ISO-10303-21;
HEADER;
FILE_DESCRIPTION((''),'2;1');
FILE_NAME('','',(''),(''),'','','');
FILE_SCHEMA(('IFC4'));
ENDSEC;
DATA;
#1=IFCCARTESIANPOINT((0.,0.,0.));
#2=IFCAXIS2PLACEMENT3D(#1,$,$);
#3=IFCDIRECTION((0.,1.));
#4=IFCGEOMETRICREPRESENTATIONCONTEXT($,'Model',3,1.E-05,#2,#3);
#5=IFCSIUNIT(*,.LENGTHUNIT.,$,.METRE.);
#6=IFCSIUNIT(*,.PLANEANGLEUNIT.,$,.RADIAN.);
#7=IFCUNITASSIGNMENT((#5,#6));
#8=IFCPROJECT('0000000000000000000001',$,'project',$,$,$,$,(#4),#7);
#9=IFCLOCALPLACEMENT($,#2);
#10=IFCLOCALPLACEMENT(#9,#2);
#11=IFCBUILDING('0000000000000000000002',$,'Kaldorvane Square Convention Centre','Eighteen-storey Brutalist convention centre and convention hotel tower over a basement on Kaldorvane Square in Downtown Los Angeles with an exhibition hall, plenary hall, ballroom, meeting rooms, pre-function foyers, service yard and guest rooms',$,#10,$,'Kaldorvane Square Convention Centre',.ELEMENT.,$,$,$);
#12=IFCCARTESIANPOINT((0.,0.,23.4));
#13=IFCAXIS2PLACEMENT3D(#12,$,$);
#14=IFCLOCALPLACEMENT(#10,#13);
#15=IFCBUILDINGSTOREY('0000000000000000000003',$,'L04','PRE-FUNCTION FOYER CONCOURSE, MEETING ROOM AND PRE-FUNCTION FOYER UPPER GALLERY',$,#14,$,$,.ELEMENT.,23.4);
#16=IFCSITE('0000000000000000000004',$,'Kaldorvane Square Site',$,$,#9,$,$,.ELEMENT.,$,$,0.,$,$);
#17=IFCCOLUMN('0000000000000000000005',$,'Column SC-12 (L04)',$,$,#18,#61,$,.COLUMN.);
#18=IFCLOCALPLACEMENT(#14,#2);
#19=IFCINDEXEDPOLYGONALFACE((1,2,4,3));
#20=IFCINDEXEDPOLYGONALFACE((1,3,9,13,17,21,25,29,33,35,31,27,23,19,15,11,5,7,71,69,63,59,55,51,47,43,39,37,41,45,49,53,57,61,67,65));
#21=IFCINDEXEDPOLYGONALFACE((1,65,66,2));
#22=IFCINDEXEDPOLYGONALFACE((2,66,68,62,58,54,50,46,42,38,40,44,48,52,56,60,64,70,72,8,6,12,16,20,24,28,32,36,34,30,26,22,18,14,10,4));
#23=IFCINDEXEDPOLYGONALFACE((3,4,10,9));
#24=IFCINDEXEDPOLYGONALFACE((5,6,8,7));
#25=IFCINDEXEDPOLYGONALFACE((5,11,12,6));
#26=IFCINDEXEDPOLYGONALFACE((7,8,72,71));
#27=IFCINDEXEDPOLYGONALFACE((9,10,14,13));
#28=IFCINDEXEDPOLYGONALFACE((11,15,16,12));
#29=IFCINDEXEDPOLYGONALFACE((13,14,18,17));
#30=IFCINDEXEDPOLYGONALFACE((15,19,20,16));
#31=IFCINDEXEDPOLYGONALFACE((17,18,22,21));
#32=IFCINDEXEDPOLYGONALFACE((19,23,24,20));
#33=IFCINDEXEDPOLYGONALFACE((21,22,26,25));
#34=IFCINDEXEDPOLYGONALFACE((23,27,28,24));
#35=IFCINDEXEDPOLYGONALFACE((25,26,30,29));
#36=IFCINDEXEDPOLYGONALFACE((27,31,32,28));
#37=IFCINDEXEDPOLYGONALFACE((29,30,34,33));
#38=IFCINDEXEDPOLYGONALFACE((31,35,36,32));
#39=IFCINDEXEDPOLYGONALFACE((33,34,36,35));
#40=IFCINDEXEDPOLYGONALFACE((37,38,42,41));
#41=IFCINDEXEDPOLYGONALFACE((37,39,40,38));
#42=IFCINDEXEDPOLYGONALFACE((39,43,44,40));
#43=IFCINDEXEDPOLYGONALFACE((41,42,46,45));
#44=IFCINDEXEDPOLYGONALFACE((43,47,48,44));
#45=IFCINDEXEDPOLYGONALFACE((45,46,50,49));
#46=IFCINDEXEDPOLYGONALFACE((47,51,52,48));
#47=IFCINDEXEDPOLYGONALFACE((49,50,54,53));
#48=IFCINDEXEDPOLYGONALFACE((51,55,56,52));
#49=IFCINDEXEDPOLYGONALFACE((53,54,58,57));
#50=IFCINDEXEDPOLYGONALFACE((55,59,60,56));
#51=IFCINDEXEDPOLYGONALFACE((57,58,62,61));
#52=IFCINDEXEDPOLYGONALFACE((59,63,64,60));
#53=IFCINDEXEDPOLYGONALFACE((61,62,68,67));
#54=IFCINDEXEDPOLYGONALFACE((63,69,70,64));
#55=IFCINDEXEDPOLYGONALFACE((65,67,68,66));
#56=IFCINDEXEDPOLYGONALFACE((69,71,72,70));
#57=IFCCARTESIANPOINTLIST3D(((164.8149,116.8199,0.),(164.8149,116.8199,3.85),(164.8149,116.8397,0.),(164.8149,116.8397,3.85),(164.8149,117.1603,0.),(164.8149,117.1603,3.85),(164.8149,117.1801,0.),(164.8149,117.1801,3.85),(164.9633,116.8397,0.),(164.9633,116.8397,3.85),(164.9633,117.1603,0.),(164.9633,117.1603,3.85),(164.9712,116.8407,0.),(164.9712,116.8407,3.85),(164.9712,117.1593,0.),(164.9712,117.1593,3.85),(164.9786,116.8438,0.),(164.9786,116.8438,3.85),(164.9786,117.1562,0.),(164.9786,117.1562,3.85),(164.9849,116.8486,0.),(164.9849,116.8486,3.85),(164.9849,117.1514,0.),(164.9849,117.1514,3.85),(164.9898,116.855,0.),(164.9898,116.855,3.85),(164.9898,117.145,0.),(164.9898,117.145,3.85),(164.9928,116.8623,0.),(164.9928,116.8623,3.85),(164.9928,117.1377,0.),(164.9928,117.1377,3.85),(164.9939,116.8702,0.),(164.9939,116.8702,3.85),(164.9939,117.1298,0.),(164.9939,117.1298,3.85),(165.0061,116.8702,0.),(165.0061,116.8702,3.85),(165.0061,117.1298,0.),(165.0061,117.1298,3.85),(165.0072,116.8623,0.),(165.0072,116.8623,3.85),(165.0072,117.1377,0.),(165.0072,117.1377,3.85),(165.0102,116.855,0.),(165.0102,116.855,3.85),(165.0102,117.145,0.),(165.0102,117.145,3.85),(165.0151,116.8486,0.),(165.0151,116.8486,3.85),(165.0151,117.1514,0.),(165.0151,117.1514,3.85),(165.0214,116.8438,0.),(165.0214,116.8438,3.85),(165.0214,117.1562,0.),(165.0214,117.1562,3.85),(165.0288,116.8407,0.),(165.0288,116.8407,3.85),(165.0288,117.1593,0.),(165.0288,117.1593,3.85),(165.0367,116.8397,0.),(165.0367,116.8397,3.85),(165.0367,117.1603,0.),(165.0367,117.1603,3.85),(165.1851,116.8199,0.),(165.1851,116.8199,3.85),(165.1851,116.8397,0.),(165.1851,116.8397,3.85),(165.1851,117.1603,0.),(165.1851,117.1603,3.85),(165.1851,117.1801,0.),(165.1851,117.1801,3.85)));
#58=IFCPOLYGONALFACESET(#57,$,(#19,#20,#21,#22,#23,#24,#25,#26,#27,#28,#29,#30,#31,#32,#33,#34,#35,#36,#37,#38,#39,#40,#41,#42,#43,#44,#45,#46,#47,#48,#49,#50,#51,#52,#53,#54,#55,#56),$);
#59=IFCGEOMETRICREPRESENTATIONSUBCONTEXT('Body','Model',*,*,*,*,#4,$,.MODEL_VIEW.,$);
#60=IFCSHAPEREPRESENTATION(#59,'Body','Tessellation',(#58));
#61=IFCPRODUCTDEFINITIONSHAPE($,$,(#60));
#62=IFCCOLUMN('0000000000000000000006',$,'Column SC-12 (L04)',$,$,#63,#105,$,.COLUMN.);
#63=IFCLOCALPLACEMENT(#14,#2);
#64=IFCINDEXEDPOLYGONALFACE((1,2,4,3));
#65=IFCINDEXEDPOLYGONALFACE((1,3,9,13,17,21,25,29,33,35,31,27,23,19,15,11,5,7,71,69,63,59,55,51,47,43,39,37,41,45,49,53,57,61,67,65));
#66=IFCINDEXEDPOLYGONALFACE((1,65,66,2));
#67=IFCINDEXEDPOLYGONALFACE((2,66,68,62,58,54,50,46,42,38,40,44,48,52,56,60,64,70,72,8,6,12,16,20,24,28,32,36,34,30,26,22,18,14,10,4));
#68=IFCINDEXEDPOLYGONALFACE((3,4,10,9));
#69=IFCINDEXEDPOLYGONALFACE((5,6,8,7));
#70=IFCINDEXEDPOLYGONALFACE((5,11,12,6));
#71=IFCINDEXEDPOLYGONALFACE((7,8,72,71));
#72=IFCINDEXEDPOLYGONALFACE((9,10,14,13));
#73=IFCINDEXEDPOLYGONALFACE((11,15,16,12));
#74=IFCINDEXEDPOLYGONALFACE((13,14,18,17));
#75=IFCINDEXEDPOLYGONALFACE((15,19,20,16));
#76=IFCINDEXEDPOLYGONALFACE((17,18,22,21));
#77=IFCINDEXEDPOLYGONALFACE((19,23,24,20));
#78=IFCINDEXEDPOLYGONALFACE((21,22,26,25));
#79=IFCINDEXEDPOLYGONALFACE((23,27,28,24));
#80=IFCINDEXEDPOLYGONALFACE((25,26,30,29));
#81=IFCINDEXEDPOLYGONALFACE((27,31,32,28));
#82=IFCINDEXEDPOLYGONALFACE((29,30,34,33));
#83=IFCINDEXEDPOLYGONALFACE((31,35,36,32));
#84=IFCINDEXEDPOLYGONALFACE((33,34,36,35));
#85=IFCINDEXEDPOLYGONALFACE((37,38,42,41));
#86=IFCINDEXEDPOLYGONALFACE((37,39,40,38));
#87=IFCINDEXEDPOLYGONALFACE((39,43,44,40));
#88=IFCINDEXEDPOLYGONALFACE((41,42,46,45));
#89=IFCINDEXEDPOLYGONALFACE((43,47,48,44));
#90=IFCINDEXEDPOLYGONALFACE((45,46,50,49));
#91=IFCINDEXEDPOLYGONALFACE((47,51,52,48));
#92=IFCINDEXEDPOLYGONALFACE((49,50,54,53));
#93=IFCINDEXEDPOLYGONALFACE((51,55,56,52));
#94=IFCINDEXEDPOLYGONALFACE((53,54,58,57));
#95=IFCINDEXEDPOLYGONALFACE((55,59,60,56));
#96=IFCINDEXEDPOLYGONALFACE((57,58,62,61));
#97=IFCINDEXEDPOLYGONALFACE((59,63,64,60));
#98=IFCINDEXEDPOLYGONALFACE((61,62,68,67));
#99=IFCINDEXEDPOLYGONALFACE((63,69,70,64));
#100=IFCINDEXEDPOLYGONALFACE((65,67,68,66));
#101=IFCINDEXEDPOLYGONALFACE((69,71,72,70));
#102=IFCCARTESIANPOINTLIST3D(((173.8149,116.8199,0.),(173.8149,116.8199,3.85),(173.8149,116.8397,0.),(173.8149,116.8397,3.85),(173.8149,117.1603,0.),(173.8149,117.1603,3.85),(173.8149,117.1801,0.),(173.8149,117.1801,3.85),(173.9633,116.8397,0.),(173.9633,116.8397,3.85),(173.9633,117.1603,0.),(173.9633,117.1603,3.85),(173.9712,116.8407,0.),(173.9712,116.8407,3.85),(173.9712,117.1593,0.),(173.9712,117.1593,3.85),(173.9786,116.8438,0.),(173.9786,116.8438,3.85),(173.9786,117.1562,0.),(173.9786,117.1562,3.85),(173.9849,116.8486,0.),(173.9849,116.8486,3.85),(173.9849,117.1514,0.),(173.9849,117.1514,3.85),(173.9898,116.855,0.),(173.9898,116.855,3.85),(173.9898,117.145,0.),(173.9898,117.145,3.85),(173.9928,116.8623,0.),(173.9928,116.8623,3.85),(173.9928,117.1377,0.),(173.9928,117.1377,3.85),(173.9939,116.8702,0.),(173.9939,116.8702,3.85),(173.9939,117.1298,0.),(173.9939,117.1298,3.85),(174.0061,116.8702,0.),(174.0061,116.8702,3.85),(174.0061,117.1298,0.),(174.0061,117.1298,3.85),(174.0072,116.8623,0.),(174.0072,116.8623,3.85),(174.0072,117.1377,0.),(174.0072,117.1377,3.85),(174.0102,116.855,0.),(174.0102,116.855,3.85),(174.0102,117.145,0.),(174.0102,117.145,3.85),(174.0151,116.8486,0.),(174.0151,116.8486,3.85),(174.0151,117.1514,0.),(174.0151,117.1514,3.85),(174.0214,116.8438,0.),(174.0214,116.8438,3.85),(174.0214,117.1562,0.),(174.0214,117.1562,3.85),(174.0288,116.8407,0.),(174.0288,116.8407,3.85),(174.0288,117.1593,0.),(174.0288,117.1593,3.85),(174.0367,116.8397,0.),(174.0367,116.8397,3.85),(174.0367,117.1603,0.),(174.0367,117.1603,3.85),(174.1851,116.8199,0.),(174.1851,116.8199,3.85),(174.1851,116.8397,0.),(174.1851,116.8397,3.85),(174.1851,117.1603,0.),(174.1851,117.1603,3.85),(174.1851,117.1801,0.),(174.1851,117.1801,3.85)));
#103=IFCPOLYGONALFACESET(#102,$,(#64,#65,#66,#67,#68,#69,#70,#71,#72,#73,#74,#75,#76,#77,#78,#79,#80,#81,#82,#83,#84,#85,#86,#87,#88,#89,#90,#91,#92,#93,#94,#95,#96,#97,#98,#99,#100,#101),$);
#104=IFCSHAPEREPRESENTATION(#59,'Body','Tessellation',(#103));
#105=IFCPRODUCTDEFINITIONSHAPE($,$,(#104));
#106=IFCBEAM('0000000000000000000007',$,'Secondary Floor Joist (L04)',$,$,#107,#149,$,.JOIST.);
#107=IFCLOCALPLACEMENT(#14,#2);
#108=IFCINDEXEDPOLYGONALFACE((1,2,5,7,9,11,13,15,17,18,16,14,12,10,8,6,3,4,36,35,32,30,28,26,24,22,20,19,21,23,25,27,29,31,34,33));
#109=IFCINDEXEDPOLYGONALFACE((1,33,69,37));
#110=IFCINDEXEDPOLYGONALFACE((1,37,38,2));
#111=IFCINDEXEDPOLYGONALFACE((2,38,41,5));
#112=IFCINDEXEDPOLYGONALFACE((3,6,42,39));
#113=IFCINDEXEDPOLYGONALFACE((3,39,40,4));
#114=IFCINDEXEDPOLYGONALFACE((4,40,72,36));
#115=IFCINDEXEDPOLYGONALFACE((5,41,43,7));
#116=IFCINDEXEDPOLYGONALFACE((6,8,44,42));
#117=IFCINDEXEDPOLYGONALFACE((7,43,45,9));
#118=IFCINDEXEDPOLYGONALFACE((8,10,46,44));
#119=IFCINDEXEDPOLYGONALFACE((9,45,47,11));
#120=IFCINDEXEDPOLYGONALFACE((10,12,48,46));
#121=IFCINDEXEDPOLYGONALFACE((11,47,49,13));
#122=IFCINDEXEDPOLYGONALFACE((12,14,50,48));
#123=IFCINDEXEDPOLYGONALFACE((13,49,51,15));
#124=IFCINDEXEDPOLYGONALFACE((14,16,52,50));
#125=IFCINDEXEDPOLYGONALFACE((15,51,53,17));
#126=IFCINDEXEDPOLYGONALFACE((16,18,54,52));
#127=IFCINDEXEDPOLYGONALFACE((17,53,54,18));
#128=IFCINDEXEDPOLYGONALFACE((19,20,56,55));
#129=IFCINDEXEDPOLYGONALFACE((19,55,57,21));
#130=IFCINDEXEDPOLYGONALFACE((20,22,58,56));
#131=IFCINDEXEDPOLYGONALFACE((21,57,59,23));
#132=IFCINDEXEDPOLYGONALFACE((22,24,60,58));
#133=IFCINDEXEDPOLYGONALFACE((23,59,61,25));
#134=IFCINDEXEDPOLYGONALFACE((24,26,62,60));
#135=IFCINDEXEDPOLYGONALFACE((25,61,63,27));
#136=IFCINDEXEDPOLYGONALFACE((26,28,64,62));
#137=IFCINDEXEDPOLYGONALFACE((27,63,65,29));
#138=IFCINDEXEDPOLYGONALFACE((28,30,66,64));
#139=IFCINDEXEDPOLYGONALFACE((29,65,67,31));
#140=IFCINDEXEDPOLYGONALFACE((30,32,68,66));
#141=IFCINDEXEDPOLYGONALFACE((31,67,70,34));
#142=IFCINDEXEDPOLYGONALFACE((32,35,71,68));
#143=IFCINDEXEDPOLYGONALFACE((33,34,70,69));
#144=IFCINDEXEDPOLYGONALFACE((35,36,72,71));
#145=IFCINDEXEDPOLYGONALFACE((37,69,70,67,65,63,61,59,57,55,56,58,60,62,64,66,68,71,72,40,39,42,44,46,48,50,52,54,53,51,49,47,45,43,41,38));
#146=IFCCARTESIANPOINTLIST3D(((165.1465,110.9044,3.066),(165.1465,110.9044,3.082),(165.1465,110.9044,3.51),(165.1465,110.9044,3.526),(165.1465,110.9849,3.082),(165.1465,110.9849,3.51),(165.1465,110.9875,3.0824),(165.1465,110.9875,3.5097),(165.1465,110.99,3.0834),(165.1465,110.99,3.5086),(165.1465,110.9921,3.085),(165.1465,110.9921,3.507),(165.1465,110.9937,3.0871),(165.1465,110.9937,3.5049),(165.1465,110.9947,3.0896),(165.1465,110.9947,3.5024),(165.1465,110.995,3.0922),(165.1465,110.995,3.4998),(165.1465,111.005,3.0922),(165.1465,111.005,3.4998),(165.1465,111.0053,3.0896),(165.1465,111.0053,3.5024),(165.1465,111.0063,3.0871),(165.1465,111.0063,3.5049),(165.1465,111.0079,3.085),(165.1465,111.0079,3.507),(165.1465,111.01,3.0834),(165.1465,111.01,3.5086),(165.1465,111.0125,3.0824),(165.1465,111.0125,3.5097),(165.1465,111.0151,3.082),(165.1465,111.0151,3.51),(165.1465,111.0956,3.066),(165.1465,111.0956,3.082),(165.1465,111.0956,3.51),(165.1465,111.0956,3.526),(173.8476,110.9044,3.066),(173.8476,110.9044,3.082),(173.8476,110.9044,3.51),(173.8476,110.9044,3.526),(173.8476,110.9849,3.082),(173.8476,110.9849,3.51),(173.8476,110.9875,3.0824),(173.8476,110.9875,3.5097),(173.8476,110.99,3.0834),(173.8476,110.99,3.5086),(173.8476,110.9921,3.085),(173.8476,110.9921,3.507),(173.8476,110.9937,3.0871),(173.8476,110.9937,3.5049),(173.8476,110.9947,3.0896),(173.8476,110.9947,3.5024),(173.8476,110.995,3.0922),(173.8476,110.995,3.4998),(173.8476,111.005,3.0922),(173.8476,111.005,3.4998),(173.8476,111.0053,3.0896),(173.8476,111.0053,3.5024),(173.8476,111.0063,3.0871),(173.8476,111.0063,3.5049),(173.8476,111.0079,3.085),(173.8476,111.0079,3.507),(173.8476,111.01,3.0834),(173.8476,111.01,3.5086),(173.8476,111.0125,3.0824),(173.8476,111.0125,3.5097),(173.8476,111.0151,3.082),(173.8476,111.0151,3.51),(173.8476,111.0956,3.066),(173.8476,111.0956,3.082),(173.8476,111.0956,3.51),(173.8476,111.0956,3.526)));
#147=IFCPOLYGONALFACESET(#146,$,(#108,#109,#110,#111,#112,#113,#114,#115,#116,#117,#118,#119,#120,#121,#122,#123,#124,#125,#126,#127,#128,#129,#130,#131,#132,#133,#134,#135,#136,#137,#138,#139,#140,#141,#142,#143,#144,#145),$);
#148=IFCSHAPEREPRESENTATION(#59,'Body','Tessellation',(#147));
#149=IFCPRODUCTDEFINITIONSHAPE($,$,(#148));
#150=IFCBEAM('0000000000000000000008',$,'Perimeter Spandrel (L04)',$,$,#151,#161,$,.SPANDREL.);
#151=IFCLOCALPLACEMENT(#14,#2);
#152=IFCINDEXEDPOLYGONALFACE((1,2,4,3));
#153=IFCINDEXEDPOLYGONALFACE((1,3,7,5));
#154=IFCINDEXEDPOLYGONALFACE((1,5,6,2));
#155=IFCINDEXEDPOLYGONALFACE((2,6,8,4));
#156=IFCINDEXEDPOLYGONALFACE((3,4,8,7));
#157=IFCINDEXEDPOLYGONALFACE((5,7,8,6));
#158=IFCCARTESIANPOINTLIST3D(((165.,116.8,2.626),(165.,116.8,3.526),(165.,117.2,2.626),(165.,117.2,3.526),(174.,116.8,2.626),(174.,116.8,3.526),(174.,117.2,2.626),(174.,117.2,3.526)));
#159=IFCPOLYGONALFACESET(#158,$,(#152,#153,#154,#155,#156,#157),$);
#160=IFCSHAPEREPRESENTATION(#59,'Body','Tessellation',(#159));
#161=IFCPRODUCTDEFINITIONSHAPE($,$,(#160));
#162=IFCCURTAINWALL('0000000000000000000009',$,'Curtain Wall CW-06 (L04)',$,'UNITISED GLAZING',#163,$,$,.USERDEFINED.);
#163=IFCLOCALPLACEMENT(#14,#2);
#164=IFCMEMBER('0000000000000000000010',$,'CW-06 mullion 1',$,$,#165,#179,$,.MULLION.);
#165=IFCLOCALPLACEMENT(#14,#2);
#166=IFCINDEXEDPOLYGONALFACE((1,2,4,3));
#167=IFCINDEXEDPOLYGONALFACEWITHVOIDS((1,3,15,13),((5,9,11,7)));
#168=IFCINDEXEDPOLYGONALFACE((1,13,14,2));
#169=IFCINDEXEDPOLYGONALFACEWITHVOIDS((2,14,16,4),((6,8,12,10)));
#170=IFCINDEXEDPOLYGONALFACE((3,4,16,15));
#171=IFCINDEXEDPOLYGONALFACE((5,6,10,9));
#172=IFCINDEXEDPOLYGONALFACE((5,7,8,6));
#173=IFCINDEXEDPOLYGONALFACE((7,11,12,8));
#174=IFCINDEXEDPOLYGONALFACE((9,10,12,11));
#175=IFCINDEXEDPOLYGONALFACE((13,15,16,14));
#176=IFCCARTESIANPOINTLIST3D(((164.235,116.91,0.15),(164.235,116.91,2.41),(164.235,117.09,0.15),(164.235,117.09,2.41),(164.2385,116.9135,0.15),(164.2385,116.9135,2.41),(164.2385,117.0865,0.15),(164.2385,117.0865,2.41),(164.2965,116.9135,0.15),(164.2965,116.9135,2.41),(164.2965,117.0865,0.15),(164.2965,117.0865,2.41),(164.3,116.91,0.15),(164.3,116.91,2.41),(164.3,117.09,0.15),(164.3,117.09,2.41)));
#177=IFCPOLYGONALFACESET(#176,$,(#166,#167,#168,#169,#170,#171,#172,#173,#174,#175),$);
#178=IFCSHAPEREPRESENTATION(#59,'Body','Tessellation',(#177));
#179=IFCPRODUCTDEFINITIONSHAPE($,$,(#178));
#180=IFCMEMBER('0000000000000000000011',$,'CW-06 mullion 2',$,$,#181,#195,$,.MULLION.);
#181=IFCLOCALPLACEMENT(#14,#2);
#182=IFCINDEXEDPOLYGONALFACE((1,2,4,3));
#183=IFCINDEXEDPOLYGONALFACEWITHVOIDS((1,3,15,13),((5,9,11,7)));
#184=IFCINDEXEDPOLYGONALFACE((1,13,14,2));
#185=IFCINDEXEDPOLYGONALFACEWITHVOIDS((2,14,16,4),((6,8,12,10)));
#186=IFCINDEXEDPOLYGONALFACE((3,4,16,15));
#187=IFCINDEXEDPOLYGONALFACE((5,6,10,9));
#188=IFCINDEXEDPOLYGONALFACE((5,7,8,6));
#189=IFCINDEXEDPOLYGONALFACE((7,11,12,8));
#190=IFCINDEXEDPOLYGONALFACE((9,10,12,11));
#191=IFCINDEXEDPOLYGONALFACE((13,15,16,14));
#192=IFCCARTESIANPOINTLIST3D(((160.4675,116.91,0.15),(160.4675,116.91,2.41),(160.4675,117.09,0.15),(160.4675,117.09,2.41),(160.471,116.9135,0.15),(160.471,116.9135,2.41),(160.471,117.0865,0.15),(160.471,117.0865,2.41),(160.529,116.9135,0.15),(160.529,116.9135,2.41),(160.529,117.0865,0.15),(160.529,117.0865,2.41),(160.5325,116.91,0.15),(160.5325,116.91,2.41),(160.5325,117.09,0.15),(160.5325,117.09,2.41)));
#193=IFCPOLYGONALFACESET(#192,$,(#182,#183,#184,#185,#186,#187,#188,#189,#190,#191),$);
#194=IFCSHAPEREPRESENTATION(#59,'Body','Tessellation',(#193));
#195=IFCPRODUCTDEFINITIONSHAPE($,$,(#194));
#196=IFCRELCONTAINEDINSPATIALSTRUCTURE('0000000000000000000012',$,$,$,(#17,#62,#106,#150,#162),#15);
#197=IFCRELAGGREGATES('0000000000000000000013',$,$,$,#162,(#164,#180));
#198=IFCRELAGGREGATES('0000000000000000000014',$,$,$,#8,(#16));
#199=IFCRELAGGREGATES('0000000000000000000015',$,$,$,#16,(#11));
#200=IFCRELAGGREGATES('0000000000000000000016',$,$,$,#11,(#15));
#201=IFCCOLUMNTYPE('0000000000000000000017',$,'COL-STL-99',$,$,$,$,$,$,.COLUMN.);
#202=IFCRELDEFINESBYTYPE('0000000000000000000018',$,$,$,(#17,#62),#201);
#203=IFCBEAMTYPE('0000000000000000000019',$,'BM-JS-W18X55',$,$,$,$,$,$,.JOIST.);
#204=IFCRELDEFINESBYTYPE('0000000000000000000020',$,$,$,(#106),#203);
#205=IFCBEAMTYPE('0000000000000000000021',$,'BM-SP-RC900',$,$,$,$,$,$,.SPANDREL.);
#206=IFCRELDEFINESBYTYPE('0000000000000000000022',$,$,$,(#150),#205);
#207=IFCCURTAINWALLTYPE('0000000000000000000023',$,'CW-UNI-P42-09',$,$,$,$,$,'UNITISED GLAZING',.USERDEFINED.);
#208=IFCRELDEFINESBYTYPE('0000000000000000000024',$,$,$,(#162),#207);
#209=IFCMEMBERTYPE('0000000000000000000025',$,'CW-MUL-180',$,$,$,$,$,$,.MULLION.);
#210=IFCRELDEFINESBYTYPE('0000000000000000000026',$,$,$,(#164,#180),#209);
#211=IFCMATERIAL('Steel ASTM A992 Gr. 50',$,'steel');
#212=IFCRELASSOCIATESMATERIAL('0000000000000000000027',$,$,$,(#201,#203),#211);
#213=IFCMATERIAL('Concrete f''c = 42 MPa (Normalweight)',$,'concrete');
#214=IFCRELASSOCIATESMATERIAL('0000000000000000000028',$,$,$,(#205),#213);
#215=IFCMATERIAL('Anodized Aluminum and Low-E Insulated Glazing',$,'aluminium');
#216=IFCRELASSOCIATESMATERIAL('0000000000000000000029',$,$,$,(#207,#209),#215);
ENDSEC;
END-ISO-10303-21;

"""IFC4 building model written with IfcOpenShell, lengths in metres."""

from ifc_helpers import new_model, si_unit, direction, frame, origin, origin_2d, place, context, subcontext, project, spatial, rectangle, hollow_rectangle, i_section, extrude, material, material_profile, profile_set, type_object, element, aggregate, save


model = new_model("IFC4")

# Units and contexts
model_context = context("Model", 3, precision=1e-05, world=origin(), true_north=direction((0.0, 1.0)))
body_context = subcontext(model_context, "Body", "Model", "MODEL_VIEW")
ifc_project = project(units=[si_unit("LENGTHUNIT", "METRE"), si_unit("PLANEANGLEUNIT", "RADIAN")], contexts=[model_context])

# Site, building, storey
site_placement = place(None, origin())
site = spatial("IfcSite", under=ifc_project, at=site_placement, Name="Kaldorvane Square Site", CompositionType="ELEMENT", RefElevation=0.0)
building_placement = place(site_placement, origin())
building = spatial("IfcBuilding", under=site, at=building_placement, Name="Kaldorvane Square Convention Centre", Description="Eighteen-storey Brutalist convention centre and convention hotel tower over a basement on Kaldorvane Square in Downtown Los Angeles with an exhibition hall, plenary hall, ballroom, meeting rooms, pre-function foyers, service yard and guest rooms", LongName="Kaldorvane Square Convention Centre", CompositionType="ELEMENT")
storey_placement = place(building_placement, frame((0.0, 0.0, 23.4)))
storey = spatial("IfcBuildingStorey", under=building, at=storey_placement, Name="L04", Description="PRE-FUNCTION FOYER CONCOURSE, MEETING ROOM AND PRE-FUNCTION FOYER UPPER GALLERY", CompositionType="ELEMENT", Elevation=23.4)

# Columns
ifc_material_1 = material(Name="Steel ASTM A992 Gr. 50", Category="steel")
ifc_material_profile_1 = material_profile(ifc_material_1, i_section(OverallWidth=0.3701, OverallDepth=0.3602, WebThickness=0.0123, FlangeThickness=0.0198, FilletRadius=0.0305, at=origin_2d()), Name="W14X99")
ifc_profile_set_1 = profile_set([ifc_material_profile_1], Name="Steel ASTM A992 Gr. 50")
column_type = type_object("IfcColumnType", Name="COL-STL-99", PredefinedType="COLUMN", material=ifc_profile_set_1)
for number, where, z_axis, x_axis, name in (
    (1, (165.0, 117.0, 0.0), (0.0, 0.0, 1.0), (1.0, 0.0, 0.0), "Column SC-12 (L04)"),
    (2, (174.0, 117.0, 0.0), (0.0, 0.0, 1.0), (1.0, 0.0, 0.0), "Column SC-12 (L04)"),
):
    element("IfcColumn", number, at=place(storey_placement, frame(where, z_axis=z_axis, x_axis=x_axis)), inside=storey, type_object=column_type, Name=name, PredefinedType="COLUMN", context=body_context, shape_type="SweptSolid", body=[
        extrude(i_section(OverallWidth=0.3701, OverallDepth=0.3602, WebThickness=0.0123, FlangeThickness=0.0198, FilletRadius=0.0305, at=origin_2d()), origin(), (0.0, 0.0, 1.0), 3.85),
    ])

# Beams
ifc_material_profile_2 = material_profile(ifc_material_1, i_section(OverallWidth=0.1913, OverallDepth=0.46, WebThickness=0.0099, FlangeThickness=0.016, FilletRadius=0.0102, at=origin_2d()), Name="W18X55")
ifc_profile_set_2 = profile_set([ifc_material_profile_2], Name="Steel ASTM A992 Gr. 50")
beam_type_1 = type_object("IfcBeamType", Name="BM-JS-W18X55", PredefinedType="JOIST", material=ifc_profile_set_2)
beam_1_placement = place(storey_placement, frame((165.1465, 111.0, 3.296), z_axis=(1.0, 0.0, 0.0), x_axis=(0.0, 1.0, 0.0)))
element("IfcBeam", 3, at=beam_1_placement, inside=storey, type_object=beam_type_1, Name="Secondary Floor Joist (L04)", PredefinedType="JOIST", context=body_context, shape_type="SweptSolid", body=[
    extrude(i_section(OverallWidth=0.1913, OverallDepth=0.46, WebThickness=0.0099, FlangeThickness=0.016, FilletRadius=0.0102, at=origin_2d()), origin(), (0.0, 0.0, 1.0), 8.7011),
])
ifc_material_2 = material(Name="Concrete f'c = 42 MPa (Normalweight)", Category="concrete")
ifc_material_profile_3 = material_profile(ifc_material_2, rectangle(XDim=0.4, YDim=0.9, at=origin_2d()), Name="RCSP900X400")
ifc_profile_set_3 = profile_set([ifc_material_profile_3], Name="Concrete f'c = 42 MPa (Normalweight)")
beam_type_2 = type_object("IfcBeamType", Name="BM-SP-RC900", PredefinedType="SPANDREL", material=ifc_profile_set_3)
beam_2_placement = place(storey_placement, frame((165.0, 117.0, 3.076), z_axis=(1.0, 0.0, 0.0), x_axis=(0.0, 1.0, 0.0)))
element("IfcBeam", 4, at=beam_2_placement, inside=storey, type_object=beam_type_2, Name="Perimeter Spandrel (L04)", PredefinedType="SPANDREL", context=body_context, shape_type="SweptSolid", body=[
    extrude(rectangle(XDim=0.4, YDim=0.9, at=origin_2d()), origin(), (0.0, 0.0, 1.0), 9.0),
])

# Curtain wall, members
ifc_material_3 = material(Name="Anodized Aluminum and Low-E Insulated Glazing", Category="aluminium")
curtain_wall_type = type_object("IfcCurtainWallType", Name="CW-UNI-P42-09", ElementType="UNITISED GLAZING", PredefinedType="USERDEFINED", material=ifc_material_3)
curtain_wall_1_placement = place(storey_placement, origin())
curtain_wall_1 = element("IfcCurtainWall", 5, at=curtain_wall_1_placement, inside=storey, type_object=curtain_wall_type, Name="Curtain Wall CW-06 (L04)", ObjectType="UNITISED GLAZING", PredefinedType="USERDEFINED")
ifc_material_profile_4 = material_profile(ifc_material_3, hollow_rectangle(XDim=0.065, YDim=0.18, WallThickness=0.0035, at=origin_2d()), Name="CWM-180X65")
ifc_profile_set_4 = profile_set([ifc_material_profile_4], Name="Anodized Aluminum and Low-E Insulated Glazing")
member_type_1 = type_object("IfcMemberType", Name="CW-MUL-180", PredefinedType="MULLION", material=ifc_profile_set_4)
member_1_placement = place(storey_placement, frame((164.2675, 117.0, 0.15), z_axis=(0.0, 0.0, 1.0), x_axis=(-1.0, 0.0, 0.0)))
member_1 = element("IfcMember", 6, at=member_1_placement, type_object=member_type_1, Name="CW-06 mullion 1", PredefinedType="MULLION", context=body_context, shape_type="SweptSolid", body=[
    extrude(hollow_rectangle(XDim=0.065, YDim=0.18, WallThickness=0.0035, at=origin_2d()), origin(), (0.0, 0.0, 1.0), 2.26),
])
member_2_placement = place(storey_placement, frame((160.5, 117.0, 0.15), z_axis=(0.0, 0.0, 1.0), x_axis=(-1.0, 0.0, 0.0)))
member_2 = element("IfcMember", 7, at=member_2_placement, type_object=member_type_1, Name="CW-06 mullion 2", PredefinedType="MULLION", context=body_context, shape_type="SweptSolid", body=[
    extrude(hollow_rectangle(XDim=0.065, YDim=0.18, WallThickness=0.0035, at=origin_2d()), origin(), (0.0, 0.0, 1.0), 2.26),
])

aggregate(curtain_wall_1, [member_1, member_2])

save(model, "model.ifc")
